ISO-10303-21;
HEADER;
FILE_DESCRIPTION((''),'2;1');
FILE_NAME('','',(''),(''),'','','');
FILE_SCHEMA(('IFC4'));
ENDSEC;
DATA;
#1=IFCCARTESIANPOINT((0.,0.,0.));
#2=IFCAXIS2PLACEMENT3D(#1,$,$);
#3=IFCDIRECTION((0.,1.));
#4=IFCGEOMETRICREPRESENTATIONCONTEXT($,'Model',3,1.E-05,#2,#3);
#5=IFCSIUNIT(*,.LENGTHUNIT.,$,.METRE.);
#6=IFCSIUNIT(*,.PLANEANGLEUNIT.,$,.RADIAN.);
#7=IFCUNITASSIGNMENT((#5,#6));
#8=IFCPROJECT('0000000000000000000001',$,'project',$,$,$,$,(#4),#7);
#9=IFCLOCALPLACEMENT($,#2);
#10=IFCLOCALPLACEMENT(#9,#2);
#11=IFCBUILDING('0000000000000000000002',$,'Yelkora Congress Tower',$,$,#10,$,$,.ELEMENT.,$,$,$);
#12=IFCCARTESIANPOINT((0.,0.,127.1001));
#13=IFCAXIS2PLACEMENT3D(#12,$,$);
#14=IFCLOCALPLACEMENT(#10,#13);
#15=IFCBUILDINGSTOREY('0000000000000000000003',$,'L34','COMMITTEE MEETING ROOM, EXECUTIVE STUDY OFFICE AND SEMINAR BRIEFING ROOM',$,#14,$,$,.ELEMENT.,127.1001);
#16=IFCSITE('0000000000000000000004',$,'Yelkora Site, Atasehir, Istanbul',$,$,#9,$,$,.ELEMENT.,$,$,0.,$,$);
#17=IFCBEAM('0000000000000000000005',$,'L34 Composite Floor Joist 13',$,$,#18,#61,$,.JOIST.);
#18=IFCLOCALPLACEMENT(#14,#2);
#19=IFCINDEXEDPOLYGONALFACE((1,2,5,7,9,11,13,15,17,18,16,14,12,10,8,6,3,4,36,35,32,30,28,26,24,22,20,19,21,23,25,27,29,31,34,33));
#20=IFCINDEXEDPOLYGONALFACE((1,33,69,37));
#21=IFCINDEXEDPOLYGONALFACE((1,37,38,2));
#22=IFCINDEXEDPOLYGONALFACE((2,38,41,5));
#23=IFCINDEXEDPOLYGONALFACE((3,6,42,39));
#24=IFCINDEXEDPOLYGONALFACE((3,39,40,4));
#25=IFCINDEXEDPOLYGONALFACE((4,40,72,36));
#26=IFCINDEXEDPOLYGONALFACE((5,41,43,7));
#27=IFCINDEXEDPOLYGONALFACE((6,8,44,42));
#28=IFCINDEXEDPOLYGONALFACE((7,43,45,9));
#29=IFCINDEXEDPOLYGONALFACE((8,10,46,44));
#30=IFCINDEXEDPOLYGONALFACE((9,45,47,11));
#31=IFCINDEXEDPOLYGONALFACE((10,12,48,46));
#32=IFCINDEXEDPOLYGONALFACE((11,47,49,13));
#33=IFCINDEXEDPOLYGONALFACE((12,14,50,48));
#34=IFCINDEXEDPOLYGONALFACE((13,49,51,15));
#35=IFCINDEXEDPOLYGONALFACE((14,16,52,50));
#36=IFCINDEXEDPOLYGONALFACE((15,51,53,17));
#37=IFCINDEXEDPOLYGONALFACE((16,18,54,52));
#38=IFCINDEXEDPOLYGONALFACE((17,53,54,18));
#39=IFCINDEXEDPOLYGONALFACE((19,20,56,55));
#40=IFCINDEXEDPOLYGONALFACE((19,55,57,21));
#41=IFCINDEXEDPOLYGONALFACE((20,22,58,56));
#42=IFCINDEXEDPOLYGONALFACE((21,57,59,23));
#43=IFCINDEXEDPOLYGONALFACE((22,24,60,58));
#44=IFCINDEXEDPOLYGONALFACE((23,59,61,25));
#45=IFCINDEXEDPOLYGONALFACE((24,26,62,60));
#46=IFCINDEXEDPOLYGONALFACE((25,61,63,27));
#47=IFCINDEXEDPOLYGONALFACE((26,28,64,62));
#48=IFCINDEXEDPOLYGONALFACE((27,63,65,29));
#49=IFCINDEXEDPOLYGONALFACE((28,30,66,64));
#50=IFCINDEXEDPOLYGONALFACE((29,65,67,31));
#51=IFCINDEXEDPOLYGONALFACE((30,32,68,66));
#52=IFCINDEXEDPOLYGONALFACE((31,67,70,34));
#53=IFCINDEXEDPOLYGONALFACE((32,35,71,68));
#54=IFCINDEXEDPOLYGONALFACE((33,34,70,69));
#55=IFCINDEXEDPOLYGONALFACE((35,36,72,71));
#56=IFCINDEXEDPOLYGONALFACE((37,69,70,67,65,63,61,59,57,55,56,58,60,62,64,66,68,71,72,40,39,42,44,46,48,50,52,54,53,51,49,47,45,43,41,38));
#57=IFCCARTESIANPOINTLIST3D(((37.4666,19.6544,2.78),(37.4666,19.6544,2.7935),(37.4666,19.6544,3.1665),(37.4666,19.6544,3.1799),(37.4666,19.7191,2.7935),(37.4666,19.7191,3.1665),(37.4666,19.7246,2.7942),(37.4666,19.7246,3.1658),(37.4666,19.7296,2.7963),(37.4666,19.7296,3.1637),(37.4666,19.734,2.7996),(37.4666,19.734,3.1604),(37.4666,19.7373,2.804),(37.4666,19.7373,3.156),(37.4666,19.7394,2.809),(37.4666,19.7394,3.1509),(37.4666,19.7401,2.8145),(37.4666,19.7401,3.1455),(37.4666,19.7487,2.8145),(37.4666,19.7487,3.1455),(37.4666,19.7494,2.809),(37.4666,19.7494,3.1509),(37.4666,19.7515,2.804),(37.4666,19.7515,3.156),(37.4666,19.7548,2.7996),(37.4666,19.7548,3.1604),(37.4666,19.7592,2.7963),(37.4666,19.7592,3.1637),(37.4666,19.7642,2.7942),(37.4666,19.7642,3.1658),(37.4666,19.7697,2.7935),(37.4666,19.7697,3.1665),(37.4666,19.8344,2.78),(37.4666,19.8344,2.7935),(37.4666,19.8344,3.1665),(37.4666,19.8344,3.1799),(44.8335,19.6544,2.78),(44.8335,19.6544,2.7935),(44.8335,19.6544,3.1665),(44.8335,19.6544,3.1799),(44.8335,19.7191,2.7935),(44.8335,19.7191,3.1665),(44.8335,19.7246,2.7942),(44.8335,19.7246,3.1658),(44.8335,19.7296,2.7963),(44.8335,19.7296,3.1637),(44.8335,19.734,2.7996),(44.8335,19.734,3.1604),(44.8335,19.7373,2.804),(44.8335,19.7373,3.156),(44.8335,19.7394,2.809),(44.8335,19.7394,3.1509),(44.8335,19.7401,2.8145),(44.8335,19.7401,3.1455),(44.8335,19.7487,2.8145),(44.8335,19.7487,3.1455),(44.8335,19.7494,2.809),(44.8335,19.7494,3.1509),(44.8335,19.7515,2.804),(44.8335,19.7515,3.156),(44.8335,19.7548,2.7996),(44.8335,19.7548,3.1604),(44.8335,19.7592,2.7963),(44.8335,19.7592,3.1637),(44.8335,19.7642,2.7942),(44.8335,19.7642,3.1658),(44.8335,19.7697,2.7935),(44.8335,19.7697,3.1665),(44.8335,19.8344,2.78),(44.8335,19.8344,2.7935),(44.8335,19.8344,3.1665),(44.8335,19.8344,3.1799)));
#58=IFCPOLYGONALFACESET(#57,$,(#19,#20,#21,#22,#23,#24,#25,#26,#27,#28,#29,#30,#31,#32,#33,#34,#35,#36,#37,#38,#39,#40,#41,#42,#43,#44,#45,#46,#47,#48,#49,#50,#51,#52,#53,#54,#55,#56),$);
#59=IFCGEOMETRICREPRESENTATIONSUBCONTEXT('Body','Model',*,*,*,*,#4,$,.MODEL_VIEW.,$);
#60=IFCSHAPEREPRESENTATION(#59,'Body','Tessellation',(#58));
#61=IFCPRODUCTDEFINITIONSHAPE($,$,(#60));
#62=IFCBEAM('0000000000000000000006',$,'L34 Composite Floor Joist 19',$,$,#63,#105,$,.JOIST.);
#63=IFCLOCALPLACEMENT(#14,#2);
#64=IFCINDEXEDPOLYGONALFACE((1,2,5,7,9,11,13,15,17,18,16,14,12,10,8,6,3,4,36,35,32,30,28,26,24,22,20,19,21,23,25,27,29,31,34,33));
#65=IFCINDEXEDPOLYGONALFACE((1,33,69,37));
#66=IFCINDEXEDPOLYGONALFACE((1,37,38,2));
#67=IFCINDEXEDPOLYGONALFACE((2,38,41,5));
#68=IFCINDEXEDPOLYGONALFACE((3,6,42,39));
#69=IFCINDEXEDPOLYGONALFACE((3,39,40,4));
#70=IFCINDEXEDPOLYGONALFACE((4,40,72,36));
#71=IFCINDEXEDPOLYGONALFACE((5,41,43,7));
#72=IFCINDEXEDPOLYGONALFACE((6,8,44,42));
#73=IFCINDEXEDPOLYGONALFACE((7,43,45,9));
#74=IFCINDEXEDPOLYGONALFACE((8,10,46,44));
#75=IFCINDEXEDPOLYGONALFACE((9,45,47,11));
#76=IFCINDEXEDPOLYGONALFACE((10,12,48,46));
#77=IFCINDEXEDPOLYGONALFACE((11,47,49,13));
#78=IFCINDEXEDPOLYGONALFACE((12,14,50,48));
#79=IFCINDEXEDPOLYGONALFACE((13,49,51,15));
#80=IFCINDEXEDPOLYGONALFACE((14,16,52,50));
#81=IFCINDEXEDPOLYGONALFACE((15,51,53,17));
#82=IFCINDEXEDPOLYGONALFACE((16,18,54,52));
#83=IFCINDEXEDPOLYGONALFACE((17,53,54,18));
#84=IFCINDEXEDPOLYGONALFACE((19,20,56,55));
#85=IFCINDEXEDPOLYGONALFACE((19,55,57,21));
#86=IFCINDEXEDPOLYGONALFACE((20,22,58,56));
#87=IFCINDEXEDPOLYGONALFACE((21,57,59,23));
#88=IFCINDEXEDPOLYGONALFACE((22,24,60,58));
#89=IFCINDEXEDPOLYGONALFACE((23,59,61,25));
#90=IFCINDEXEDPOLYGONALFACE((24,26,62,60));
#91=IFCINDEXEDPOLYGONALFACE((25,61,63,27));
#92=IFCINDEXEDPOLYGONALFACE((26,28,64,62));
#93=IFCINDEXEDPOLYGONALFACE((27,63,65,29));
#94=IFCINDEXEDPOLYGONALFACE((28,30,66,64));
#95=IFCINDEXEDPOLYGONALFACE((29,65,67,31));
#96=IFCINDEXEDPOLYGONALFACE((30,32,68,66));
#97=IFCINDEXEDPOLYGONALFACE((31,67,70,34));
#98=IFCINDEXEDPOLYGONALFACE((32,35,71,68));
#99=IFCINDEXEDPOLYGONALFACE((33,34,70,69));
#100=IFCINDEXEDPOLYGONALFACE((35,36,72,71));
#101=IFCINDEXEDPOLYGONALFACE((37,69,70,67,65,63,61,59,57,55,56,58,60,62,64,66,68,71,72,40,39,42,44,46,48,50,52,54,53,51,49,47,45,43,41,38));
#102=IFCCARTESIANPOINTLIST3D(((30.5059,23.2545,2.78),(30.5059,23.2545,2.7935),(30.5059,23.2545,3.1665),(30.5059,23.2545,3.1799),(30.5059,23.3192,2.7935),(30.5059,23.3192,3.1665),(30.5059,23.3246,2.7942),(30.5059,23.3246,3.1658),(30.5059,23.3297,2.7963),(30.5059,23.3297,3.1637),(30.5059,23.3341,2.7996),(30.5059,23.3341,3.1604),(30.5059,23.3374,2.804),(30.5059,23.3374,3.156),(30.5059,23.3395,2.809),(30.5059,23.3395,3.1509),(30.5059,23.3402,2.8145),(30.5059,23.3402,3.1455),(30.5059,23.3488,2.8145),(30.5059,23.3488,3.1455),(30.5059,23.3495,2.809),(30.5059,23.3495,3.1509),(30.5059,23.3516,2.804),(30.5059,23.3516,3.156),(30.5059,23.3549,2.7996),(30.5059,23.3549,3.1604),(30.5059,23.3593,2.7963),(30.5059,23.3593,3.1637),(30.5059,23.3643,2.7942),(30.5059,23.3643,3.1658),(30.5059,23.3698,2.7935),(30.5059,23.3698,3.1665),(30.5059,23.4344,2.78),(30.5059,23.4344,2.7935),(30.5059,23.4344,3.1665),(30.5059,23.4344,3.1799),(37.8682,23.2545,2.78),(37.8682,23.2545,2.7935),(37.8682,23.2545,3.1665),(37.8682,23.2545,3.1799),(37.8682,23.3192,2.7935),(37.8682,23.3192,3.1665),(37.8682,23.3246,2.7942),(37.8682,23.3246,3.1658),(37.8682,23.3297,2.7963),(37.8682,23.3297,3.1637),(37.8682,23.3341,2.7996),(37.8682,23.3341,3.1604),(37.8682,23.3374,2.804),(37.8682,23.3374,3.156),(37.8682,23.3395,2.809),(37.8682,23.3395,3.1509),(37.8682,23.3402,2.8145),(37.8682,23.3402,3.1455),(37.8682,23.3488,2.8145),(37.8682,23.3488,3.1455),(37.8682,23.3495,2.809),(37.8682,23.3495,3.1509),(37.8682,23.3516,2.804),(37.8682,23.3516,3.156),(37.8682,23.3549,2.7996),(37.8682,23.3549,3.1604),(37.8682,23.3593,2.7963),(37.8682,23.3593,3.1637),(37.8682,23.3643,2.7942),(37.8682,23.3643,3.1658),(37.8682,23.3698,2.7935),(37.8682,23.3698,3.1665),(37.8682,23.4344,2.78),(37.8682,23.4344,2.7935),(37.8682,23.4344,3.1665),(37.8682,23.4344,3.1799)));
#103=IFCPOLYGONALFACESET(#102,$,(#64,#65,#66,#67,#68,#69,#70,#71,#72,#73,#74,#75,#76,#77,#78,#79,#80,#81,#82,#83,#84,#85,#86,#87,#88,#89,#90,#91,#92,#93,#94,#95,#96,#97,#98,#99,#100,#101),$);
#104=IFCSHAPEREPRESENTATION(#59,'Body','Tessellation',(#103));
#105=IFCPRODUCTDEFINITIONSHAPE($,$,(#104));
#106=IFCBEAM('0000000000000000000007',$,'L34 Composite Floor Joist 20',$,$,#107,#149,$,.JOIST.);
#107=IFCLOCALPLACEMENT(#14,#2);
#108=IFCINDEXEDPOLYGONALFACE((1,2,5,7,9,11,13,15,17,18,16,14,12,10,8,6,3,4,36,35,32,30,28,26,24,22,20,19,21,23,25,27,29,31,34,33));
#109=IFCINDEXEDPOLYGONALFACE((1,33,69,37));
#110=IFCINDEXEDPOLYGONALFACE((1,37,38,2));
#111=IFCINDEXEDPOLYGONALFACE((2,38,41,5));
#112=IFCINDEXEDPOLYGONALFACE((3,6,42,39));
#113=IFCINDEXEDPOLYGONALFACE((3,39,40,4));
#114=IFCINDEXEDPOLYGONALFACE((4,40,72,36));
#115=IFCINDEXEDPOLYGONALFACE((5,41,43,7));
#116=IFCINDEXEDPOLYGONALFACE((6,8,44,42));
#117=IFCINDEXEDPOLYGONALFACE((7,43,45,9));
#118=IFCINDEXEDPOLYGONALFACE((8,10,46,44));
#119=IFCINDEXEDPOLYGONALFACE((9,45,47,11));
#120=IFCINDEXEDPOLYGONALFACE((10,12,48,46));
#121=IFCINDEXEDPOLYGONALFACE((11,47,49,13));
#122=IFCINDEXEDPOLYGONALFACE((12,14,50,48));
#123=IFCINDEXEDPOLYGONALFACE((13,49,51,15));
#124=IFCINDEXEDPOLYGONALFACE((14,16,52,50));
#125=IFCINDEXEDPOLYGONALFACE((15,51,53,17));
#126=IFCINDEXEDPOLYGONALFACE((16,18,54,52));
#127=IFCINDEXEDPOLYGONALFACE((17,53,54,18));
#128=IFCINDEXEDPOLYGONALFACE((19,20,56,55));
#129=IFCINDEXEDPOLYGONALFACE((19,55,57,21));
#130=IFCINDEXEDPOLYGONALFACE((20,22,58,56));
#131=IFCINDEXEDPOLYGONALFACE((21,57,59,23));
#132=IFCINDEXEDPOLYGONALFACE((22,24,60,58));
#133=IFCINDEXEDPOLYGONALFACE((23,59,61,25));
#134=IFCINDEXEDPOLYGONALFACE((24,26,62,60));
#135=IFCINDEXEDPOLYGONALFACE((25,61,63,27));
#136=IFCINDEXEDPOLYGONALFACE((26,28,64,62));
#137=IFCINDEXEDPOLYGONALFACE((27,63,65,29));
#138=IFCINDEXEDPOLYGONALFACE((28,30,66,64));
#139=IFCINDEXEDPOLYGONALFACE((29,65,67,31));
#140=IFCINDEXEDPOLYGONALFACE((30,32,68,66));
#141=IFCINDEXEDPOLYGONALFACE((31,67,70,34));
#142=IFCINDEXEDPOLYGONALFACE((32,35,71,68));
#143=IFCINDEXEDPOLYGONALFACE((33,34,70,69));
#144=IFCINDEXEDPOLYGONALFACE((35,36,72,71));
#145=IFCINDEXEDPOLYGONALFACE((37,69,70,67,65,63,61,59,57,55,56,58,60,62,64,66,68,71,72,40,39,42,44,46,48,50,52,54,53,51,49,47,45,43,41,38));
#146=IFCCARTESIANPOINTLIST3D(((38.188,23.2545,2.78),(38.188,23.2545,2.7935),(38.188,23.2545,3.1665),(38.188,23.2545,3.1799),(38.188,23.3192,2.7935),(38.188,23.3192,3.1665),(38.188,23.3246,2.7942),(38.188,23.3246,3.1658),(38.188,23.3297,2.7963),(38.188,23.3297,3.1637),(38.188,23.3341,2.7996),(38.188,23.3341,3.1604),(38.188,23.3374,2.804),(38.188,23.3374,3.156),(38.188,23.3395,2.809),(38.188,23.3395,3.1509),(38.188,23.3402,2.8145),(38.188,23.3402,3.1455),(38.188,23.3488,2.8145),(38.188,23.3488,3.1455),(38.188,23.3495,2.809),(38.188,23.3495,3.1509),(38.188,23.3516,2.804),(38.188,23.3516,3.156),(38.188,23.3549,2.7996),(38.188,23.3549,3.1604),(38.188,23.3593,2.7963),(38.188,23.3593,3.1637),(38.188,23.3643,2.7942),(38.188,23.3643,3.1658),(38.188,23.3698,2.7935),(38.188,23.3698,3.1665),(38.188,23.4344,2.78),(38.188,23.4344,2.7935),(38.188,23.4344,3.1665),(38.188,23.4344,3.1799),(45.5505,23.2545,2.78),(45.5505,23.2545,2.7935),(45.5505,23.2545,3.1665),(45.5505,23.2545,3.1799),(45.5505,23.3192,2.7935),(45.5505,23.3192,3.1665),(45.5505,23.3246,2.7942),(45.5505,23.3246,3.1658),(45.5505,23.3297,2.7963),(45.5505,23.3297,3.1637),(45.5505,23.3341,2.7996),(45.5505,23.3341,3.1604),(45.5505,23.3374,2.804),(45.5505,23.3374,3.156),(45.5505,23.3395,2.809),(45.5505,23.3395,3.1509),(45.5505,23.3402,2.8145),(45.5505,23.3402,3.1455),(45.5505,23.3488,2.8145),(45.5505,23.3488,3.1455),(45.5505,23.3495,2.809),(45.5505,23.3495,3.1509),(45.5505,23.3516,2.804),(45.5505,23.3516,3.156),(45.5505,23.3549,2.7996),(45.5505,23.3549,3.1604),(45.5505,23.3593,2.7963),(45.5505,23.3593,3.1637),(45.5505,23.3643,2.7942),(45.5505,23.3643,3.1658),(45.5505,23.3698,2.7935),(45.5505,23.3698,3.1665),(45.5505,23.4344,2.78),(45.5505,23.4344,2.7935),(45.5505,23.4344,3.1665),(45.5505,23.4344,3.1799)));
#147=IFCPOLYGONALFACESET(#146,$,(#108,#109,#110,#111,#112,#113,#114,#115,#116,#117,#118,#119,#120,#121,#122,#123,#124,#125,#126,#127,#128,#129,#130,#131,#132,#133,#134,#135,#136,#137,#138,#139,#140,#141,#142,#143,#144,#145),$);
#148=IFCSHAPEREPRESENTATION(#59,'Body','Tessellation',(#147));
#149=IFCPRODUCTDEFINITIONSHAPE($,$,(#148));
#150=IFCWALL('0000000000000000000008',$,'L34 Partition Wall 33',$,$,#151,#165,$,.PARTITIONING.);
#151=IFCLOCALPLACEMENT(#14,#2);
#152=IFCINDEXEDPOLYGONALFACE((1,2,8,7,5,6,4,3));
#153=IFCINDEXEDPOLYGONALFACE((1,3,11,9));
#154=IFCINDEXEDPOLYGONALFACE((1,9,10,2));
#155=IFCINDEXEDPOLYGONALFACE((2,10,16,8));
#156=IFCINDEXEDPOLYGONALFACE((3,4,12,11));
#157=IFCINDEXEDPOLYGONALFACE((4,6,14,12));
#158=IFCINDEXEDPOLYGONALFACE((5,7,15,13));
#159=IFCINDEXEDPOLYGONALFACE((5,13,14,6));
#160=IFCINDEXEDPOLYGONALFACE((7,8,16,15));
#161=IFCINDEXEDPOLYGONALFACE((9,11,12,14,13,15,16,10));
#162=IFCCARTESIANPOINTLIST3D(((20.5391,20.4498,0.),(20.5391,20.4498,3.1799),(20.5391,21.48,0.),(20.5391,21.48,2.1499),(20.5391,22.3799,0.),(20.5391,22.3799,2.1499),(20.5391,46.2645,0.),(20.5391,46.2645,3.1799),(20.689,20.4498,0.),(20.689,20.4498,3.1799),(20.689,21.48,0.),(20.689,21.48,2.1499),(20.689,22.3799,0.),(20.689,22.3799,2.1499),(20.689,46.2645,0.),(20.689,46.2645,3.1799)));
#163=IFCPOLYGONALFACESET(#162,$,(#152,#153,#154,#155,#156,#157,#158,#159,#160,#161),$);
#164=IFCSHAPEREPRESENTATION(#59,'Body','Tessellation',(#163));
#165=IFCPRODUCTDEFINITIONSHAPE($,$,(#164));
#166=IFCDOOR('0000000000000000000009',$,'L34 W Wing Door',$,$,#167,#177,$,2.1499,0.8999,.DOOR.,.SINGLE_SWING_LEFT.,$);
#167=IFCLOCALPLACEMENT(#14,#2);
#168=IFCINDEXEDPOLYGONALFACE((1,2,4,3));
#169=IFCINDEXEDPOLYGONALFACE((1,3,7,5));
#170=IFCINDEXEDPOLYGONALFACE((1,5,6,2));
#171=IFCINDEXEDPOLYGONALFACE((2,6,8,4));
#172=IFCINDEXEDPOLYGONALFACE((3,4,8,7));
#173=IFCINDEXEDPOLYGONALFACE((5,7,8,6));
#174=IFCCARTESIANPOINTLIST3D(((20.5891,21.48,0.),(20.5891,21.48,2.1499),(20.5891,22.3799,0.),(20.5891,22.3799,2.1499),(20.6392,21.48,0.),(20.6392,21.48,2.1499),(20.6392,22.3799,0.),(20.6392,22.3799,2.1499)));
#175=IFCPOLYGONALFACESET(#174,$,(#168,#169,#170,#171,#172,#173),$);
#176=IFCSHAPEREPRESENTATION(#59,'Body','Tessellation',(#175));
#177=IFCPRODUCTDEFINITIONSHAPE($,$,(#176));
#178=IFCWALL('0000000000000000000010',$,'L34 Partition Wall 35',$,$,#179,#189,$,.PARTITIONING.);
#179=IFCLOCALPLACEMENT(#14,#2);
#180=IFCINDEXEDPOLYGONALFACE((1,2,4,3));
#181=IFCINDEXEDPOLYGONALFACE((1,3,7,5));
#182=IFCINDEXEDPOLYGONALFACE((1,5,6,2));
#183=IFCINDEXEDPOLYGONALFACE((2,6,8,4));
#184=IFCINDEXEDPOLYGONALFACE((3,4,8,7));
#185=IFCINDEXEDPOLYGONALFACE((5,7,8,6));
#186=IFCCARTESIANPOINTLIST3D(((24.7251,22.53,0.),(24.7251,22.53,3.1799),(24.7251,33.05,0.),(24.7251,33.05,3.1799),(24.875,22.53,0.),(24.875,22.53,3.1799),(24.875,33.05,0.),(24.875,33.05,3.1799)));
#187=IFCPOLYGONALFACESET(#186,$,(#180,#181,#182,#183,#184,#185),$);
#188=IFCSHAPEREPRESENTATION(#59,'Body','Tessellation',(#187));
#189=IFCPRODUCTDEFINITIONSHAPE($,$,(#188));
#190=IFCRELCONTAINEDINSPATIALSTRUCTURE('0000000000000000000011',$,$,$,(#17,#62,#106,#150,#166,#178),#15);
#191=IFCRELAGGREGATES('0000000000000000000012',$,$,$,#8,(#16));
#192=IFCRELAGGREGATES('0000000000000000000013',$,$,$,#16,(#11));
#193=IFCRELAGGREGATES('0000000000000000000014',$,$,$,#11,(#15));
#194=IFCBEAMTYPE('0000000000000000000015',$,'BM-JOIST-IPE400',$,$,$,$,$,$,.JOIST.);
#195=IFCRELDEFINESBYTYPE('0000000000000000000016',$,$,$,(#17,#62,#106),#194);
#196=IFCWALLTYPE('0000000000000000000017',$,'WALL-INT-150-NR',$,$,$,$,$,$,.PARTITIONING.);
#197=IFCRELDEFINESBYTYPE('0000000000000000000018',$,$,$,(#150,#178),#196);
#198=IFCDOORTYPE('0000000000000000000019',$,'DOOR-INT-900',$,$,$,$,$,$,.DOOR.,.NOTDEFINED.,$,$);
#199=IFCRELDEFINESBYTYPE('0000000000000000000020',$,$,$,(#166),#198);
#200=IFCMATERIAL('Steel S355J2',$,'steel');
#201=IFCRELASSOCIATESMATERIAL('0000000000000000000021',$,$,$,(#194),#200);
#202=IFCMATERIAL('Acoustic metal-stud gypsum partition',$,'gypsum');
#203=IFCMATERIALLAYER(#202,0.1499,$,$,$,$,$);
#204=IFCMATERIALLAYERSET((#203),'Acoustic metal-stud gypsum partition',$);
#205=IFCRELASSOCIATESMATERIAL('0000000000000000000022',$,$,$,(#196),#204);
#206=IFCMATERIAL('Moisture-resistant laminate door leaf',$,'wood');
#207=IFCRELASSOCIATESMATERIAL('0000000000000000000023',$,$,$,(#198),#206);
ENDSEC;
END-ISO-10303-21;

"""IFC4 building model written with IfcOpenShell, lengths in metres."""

from ifc_helpers import new_model, si_unit, direction, frame, frame_2d, origin, origin_2d, place, context, subcontext, project, spatial, rectangle, i_section, extrude, material, layer, layer_set, material_profile, profile_set, type_object, element, fill, save


model = new_model("IFC4")

# Units and contexts
model_context = context("Model", 3, precision=1e-05, world=origin(), true_north=direction((0.0, 1.0)))
body_context = subcontext(model_context, "Body", "Model", "MODEL_VIEW")
ifc_project = project(units=[si_unit("LENGTHUNIT", "METRE"), si_unit("PLANEANGLEUNIT", "RADIAN")], contexts=[model_context])

# Site, building, storey
site_placement = place(None, origin())
site = spatial("IfcSite", under=ifc_project, at=site_placement, Name="Yelkora Site, Atasehir, Istanbul", CompositionType="ELEMENT", RefElevation=0.0)
building_placement = place(site_placement, origin())
building = spatial("IfcBuilding", under=site, at=building_placement, Name="Yelkora Congress Tower", CompositionType="ELEMENT")
storey_placement = place(building_placement, frame((0.0, 0.0, 127.1001)))
storey = spatial("IfcBuildingStorey", under=building, at=storey_placement, Name="L34", Description="COMMITTEE MEETING ROOM, EXECUTIVE STUDY OFFICE AND SEMINAR BRIEFING ROOM", CompositionType="ELEMENT", Elevation=127.1001)

# Beams
ifc_material_1 = material(Name="Steel S355J2", Category="steel")
ifc_material_profile_1 = material_profile(ifc_material_1, i_section(OverallWidth=0.1799, OverallDepth=0.3999, WebThickness=0.0085, FlangeThickness=0.0134, FilletRadius=0.021, at=origin_2d()), Name="IPE 400")
ifc_profile_set_1 = profile_set([ifc_material_profile_1], Name="Steel S355J2")
beam_type_1 = type_object("IfcBeamType", Name="BM-JOIST-IPE400", PredefinedType="JOIST", material=ifc_profile_set_1)
beam_1_placement = place(storey_placement, frame((37.4666, 19.7444, 2.98), z_axis=(1.0, 0.0, 0.0), x_axis=(0.0, 1.0, 0.0)))
element("IfcBeam", 1, at=beam_1_placement, inside=storey, type_object=beam_type_1, Name="L34 Composite Floor Joist 13", PredefinedType="JOIST", context=body_context, shape_type="SweptSolid", body=[
    extrude(i_section(OverallWidth=0.1799, OverallDepth=0.3999, WebThickness=0.0085, FlangeThickness=0.0134, FilletRadius=0.021, at=origin_2d()), origin(), (0.0, 0.0, 1.0), 7.3669),
])
beam_2_placement = place(storey_placement, frame((30.5059, 23.3445, 2.98), z_axis=(1.0, 0.0, 0.0), x_axis=(0.0, 1.0, 0.0)))
element("IfcBeam", 2, at=beam_2_placement, inside=storey, type_object=beam_type_1, Name="L34 Composite Floor Joist 19", PredefinedType="JOIST", context=body_context, shape_type="SweptSolid", body=[
    extrude(i_section(OverallWidth=0.1799, OverallDepth=0.3999, WebThickness=0.0085, FlangeThickness=0.0134, FilletRadius=0.021, at=origin_2d()), origin(), (0.0, 0.0, 1.0), 7.3623),
])
beam_3_placement = place(storey_placement, frame((38.188, 23.3445, 2.98), z_axis=(1.0, 0.0, 0.0), x_axis=(0.0, 1.0, 0.0)))
element("IfcBeam", 3, at=beam_3_placement, inside=storey, type_object=beam_type_1, Name="L34 Composite Floor Joist 20", PredefinedType="JOIST", context=body_context, shape_type="SweptSolid", body=[
    extrude(i_section(OverallWidth=0.1799, OverallDepth=0.3999, WebThickness=0.0085, FlangeThickness=0.0134, FilletRadius=0.021, at=origin_2d()), origin(), (0.0, 0.0, 1.0), 7.3625),
])

# Wall, opening, door
ifc_material_2 = material(Name="Acoustic metal-stud gypsum partition", Category="gypsum")
ifc_layer = layer(ifc_material_2, 0.1499)
ifc_layer_set = layer_set([ifc_layer], Name="Acoustic metal-stud gypsum partition")
wall_type = type_object("IfcWallType", Name="WALL-INT-150-NR", PredefinedType="PARTITIONING", material=ifc_layer_set)
wall_1_placement = place(storey_placement, frame((20.614, 20.45, 0.0), z_axis=(0.0, 0.0, 1.0), x_axis=(0.0, 1.0, 0.0)))
wall_1 = element("IfcWall", 4, at=wall_1_placement, inside=storey, type_object=wall_type, Name="L34 Partition Wall 33", PredefinedType="PARTITIONING", context=body_context, shape_type="SweptSolid", body=[
    extrude(rectangle(XDim=25.8147, YDim=0.1499, at=frame_2d((12.9072, 0.0))), origin(), (0.0, 0.0, 1.0), 3.1799),
])
opening_1_placement = place(wall_1_placement, frame((1.03, 0.0, 0.0)))
opening_1 = element("IfcOpeningElement", 5, at=opening_1_placement, cuts=wall_1, PredefinedType="OPENING", context=body_context, shape_type="SweptSolid", body=[
    extrude(rectangle(XDim=0.8999, YDim=2.1499, at=frame_2d((0.45, 1.075))), frame((0.0, 0.085, 0.0), z_axis=(0.0, -1.0, 0.0), x_axis=(1.0, 0.0, 0.0)), (0.0, 0.0, 1.0), 0.1699),
])
ifc_material_3 = material(Name="Moisture-resistant laminate door leaf", Category="wood")
door_type = type_object("IfcDoorType", Name="DOOR-INT-900", OperationType="NOTDEFINED", PredefinedType="DOOR", material=ifc_material_3)
door_1_placement = place(opening_1_placement, origin())
door_1 = element("IfcDoor", 6, at=door_1_placement, inside=storey, type_object=door_type, Name="L34 W Wing Door", OperationType="SINGLE_SWING_LEFT", OverallHeight=2.1499, OverallWidth=0.8999, PredefinedType="DOOR", context=body_context, shape_type="SweptSolid", body=[
    extrude(rectangle(XDim=0.8999, YDim=2.1499, at=frame_2d((0.45, 1.075))), frame((0.0, 0.0249, 0.0), z_axis=(0.0, -1.0, 0.0), x_axis=(1.0, 0.0, 0.0)), (0.0, 0.0, 1.0), 0.05),
])
fill(opening_1, door_1)

# Wall
for number, where, z_axis, x_axis, name in (
    (7, (24.8, 22.53, 0.0), (0.0, 0.0, 1.0), (0.0, 1.0, 0.0), "L34 Partition Wall 35"),
):
    element("IfcWall", number, at=place(storey_placement, frame(where, z_axis=z_axis, x_axis=x_axis)), inside=storey, type_object=wall_type, Name=name, PredefinedType="PARTITIONING", context=body_context, shape_type="SweptSolid", body=[
        extrude(rectangle(XDim=10.52, YDim=0.1499, at=frame_2d((5.26, 0.0))), origin(), (0.0, 0.0, 1.0), 3.1799),
    ])

save(model, "model.ifc")
